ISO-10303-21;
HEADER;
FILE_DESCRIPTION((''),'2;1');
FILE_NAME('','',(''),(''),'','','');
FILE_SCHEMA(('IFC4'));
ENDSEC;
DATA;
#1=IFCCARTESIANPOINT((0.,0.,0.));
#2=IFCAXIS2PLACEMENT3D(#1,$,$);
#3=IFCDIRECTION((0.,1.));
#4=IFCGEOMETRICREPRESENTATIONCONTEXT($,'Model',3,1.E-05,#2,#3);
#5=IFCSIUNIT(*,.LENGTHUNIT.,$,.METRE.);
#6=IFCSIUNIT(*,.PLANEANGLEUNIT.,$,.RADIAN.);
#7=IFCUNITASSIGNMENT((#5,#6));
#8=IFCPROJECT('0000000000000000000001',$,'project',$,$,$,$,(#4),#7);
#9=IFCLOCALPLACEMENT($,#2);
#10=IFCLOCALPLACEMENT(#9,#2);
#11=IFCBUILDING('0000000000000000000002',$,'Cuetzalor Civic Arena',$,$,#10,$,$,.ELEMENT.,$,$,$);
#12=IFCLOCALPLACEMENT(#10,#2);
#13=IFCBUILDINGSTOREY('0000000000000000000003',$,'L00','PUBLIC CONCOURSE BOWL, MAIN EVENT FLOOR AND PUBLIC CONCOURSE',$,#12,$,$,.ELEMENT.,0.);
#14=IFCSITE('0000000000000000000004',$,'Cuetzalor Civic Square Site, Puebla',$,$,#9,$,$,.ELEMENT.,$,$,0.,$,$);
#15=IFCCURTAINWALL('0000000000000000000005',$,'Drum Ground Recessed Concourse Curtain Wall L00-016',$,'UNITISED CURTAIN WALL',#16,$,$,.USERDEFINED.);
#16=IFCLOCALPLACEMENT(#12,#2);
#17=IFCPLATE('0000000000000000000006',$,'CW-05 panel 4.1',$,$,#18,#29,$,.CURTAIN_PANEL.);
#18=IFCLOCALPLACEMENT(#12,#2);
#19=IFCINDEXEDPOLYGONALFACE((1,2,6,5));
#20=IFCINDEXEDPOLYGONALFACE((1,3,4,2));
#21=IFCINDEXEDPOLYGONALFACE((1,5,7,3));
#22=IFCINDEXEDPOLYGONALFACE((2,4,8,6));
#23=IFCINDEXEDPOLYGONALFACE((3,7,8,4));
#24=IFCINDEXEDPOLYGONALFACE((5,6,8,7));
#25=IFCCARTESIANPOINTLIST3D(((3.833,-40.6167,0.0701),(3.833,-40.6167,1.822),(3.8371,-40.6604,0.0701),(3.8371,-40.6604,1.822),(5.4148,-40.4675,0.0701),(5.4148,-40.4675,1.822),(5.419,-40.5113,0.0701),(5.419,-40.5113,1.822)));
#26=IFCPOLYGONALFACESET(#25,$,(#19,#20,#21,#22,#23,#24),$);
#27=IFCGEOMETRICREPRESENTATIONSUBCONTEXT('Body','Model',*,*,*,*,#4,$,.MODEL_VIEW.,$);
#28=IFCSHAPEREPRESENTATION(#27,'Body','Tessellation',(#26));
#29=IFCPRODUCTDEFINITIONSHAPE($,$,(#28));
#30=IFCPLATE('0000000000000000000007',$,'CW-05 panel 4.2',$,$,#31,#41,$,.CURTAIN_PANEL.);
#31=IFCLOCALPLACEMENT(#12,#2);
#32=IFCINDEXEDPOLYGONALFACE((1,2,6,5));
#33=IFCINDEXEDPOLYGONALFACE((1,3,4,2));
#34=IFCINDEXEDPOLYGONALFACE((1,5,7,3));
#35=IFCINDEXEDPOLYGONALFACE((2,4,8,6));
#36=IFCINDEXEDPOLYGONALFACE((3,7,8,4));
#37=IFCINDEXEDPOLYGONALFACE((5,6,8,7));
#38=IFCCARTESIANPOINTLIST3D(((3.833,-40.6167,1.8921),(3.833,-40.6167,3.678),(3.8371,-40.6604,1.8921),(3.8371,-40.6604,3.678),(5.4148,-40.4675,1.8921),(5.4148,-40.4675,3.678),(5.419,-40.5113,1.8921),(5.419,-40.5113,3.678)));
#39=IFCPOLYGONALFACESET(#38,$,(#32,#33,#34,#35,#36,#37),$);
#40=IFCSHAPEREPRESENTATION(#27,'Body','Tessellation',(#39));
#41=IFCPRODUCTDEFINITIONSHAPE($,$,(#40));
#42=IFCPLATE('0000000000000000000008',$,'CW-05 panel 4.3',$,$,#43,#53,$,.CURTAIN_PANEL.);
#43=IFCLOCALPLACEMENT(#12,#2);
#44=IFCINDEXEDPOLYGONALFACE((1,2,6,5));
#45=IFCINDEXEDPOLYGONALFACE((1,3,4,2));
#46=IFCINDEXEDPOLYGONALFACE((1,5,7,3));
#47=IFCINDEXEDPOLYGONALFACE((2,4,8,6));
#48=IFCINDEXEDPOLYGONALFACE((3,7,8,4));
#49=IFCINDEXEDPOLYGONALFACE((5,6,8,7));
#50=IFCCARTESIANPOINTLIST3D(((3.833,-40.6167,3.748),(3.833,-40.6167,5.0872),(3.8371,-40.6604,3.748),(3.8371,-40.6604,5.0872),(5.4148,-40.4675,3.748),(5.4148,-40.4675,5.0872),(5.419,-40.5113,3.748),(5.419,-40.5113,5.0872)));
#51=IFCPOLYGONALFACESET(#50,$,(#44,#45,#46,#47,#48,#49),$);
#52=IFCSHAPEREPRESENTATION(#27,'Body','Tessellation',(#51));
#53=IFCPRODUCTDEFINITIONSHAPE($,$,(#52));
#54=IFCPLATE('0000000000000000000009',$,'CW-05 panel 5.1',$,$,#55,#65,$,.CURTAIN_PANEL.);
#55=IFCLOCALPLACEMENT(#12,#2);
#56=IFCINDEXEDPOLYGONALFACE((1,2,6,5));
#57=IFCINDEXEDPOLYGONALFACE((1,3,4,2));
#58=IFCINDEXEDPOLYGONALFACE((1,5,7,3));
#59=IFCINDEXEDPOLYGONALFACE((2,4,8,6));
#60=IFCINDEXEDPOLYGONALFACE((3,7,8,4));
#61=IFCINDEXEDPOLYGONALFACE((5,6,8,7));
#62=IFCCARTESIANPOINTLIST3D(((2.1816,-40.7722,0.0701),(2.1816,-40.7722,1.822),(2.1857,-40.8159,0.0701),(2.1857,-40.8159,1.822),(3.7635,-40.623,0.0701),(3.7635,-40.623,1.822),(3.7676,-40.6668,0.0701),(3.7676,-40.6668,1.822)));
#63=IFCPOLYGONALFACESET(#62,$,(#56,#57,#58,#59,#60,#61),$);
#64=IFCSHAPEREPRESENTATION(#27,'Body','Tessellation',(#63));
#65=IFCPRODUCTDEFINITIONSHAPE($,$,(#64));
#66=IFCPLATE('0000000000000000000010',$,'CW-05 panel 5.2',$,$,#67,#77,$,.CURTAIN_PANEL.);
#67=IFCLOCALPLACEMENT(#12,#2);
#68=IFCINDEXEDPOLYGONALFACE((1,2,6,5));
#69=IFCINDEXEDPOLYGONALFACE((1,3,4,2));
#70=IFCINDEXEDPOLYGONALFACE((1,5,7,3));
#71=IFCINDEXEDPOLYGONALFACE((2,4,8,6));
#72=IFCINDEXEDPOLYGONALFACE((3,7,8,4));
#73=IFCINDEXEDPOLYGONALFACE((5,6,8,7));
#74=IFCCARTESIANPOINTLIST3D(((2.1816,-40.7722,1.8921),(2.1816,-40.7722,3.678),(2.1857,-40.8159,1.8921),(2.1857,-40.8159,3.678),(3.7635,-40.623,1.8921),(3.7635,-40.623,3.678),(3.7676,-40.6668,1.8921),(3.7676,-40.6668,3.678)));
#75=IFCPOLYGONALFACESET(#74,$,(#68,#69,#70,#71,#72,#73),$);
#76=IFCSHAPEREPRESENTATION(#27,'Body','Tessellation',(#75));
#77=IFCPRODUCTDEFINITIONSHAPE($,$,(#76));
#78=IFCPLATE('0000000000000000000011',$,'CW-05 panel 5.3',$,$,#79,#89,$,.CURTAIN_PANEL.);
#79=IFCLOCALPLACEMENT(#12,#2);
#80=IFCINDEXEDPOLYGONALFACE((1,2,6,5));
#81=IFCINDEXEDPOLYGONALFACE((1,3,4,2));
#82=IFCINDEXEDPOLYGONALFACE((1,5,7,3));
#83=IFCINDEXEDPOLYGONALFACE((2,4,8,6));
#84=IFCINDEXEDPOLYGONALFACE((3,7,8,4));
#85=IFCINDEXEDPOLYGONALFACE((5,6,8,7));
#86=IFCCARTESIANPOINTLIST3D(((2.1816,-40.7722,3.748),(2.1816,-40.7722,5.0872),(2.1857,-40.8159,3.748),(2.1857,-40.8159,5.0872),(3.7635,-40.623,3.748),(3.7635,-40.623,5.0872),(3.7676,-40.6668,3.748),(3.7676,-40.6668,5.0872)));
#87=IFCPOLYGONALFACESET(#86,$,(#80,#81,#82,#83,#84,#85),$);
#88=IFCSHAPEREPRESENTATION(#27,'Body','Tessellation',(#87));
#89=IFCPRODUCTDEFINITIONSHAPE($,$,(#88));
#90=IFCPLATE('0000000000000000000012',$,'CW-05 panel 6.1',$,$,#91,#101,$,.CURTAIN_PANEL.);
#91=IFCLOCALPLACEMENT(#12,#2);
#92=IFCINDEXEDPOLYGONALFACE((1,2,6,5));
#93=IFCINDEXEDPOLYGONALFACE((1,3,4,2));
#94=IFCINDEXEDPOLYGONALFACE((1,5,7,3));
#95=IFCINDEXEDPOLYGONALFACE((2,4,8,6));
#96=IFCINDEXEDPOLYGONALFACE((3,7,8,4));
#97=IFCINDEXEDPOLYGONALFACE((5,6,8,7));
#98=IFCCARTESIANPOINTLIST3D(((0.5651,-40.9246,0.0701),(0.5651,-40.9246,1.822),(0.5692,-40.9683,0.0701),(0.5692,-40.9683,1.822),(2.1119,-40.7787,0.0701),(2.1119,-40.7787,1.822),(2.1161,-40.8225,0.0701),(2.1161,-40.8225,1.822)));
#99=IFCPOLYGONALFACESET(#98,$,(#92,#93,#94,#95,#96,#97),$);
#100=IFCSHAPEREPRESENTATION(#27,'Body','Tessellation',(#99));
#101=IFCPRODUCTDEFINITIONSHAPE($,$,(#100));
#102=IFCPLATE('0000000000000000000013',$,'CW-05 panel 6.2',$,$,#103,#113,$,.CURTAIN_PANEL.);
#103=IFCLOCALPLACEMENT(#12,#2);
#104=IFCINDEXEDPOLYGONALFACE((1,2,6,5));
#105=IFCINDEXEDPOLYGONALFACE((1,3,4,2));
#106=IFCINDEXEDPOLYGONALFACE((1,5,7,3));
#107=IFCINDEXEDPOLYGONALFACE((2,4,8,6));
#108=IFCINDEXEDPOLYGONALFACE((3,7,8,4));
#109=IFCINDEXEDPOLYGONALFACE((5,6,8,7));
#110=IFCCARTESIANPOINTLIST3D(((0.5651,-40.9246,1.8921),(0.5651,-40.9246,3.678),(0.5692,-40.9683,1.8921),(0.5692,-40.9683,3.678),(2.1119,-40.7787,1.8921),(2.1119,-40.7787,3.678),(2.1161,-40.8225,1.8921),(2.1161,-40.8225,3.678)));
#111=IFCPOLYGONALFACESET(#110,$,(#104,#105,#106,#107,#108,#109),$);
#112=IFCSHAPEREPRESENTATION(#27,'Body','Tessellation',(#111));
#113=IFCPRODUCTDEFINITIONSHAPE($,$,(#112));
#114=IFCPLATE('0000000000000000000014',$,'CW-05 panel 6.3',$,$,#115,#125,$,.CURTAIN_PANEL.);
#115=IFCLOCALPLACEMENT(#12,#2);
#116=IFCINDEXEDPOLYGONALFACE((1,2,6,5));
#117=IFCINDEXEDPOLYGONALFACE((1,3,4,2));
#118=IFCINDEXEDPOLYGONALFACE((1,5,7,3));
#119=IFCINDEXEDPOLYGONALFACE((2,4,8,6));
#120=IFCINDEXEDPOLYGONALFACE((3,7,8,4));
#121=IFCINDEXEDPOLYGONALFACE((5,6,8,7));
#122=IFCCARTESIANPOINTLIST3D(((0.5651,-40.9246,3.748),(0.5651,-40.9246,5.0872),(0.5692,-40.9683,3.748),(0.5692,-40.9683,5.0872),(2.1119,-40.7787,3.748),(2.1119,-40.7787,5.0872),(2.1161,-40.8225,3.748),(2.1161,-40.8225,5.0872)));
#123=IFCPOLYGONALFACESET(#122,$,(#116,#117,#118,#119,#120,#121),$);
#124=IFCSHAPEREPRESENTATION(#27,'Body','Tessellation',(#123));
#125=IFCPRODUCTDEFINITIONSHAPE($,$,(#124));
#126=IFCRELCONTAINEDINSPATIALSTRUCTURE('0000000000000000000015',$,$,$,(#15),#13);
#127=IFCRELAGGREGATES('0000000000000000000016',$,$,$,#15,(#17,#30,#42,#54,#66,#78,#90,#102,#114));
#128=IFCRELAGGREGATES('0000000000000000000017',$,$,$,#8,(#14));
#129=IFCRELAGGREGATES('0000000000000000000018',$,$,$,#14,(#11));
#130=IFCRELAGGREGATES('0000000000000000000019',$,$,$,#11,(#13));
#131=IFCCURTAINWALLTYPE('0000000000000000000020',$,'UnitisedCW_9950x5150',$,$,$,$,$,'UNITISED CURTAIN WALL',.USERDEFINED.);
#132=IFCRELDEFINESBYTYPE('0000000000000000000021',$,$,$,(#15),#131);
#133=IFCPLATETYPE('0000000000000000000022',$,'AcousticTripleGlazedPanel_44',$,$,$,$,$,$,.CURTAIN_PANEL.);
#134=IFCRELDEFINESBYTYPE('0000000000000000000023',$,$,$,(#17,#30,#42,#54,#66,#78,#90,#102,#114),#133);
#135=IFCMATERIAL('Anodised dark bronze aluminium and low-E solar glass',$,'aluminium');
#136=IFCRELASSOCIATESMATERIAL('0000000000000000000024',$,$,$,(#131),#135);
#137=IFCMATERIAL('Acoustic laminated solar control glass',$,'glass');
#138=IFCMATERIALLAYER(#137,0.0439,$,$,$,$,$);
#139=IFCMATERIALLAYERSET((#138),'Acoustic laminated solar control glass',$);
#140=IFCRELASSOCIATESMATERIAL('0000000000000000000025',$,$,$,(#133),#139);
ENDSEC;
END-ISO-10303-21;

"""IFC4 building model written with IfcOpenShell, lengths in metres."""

from ifc_helpers import new_model, si_unit, direction, frame, origin, origin_2d, place, context, subcontext, project, spatial, rectangle, extrude, material, layer, layer_set, type_object, element, aggregate, save


model = new_model("IFC4")

# Units and contexts
model_context = context("Model", 3, precision=1e-05, world=origin(), true_north=direction((0.0, 1.0)))
body_context = subcontext(model_context, "Body", "Model", "MODEL_VIEW")
ifc_project = project(units=[si_unit("LENGTHUNIT", "METRE"), si_unit("PLANEANGLEUNIT", "RADIAN")], contexts=[model_context])

# Site, building, storey
site_placement = place(None, origin())
site = spatial("IfcSite", under=ifc_project, at=site_placement, Name="Cuetzalor Civic Square Site, Puebla", CompositionType="ELEMENT", RefElevation=0.0)
building_placement = place(site_placement, origin())
building = spatial("IfcBuilding", under=site, at=building_placement, Name="Cuetzalor Civic Arena", CompositionType="ELEMENT")
storey_placement = place(building_placement, origin())
storey = spatial("IfcBuildingStorey", under=building, at=storey_placement, Name="L00", Description="PUBLIC CONCOURSE BOWL, MAIN EVENT FLOOR AND PUBLIC CONCOURSE", CompositionType="ELEMENT", Elevation=0.0)

# Curtain wall
ifc_material_1 = material(Name="Anodised dark bronze aluminium and low-E solar glass", Category="aluminium")
curtain_wall_type = type_object("IfcCurtainWallType", Name="UnitisedCW_9950x5150", ElementType="UNITISED CURTAIN WALL", PredefinedType="USERDEFINED", material=ifc_material_1)
curtain_wall_placement = place(storey_placement, origin())
curtain_wall = element("IfcCurtainWall", 1, at=curtain_wall_placement, inside=storey, type_object=curtain_wall_type, Name="Drum Ground Recessed Concourse Curtain Wall L00-016", ObjectType="UNITISED CURTAIN WALL", PredefinedType="USERDEFINED")

# Plates
ifc_material_2 = material(Name="Acoustic laminated solar control glass", Category="glass")
ifc_layer = layer(ifc_material_2, 0.0439)
ifc_layer_set = layer_set([ifc_layer], Name="Acoustic laminated solar control glass")
plate_type = type_object("IfcPlateType", Name="AcousticTripleGlazedPanel_44", PredefinedType="CURTAIN_PANEL", material=ifc_layer_set)
plate_1_placement = place(storey_placement, frame((4.626, -40.564, 0.0701), z_axis=(0.0, 0.0, 1.0), x_axis=(-0.995585, -0.093863, 0.0)))
plate_1 = element("IfcPlate", 2, at=plate_1_placement, type_object=plate_type, Name="CW-05 panel 4.1", PredefinedType="CURTAIN_PANEL", context=body_context, shape_type="SweptSolid", body=[
    extrude(rectangle(XDim=1.5889, YDim=0.0439, at=origin_2d()), origin(), (0.0, 0.0, 1.0), 1.752),
])
plate_2_placement = place(storey_placement, frame((4.626, -40.564, 1.8921), z_axis=(0.0, 0.0, 1.0), x_axis=(-0.995585, -0.093863, 0.0)))
plate_2 = element("IfcPlate", 3, at=plate_2_placement, type_object=plate_type, Name="CW-05 panel 4.2", PredefinedType="CURTAIN_PANEL", context=body_context, shape_type="SweptSolid", body=[
    extrude(rectangle(XDim=1.5889, YDim=0.0439, at=origin_2d()), origin(), (0.0, 0.0, 1.0), 1.7859),
])
plate_3_placement = place(storey_placement, frame((4.626, -40.564, 3.748), z_axis=(0.0, 0.0, 1.0), x_axis=(-0.995585, -0.093863, 0.0)))
plate_3 = element("IfcPlate", 4, at=plate_3_placement, type_object=plate_type, Name="CW-05 panel 4.3", PredefinedType="CURTAIN_PANEL", context=body_context, shape_type="SweptSolid", body=[
    extrude(rectangle(XDim=1.5889, YDim=0.0439, at=origin_2d()), origin(), (0.0, 0.0, 1.0), 1.3391),
])
plate_4_placement = place(storey_placement, frame((2.9746, -40.7195, 0.0701), z_axis=(0.0, 0.0, 1.0), x_axis=(-0.995585, -0.093863, 0.0)))
plate_4 = element("IfcPlate", 5, at=plate_4_placement, type_object=plate_type, Name="CW-05 panel 5.1", PredefinedType="CURTAIN_PANEL", context=body_context, shape_type="SweptSolid", body=[
    extrude(rectangle(XDim=1.5889, YDim=0.0439, at=origin_2d()), origin(), (0.0, 0.0, 1.0), 1.752),
])
plate_5_placement = place(storey_placement, frame((2.9746, -40.7195, 1.8921), z_axis=(0.0, 0.0, 1.0), x_axis=(-0.995585, -0.093863, 0.0)))
plate_5 = element("IfcPlate", 6, at=plate_5_placement, type_object=plate_type, Name="CW-05 panel 5.2", PredefinedType="CURTAIN_PANEL", context=body_context, shape_type="SweptSolid", body=[
    extrude(rectangle(XDim=1.5889, YDim=0.0439, at=origin_2d()), origin(), (0.0, 0.0, 1.0), 1.7859),
])
plate_6_placement = place(storey_placement, frame((2.9746, -40.7195, 3.748), z_axis=(0.0, 0.0, 1.0), x_axis=(-0.995585, -0.093863, 0.0)))
plate_6 = element("IfcPlate", 7, at=plate_6_placement, type_object=plate_type, Name="CW-05 panel 5.3", PredefinedType="CURTAIN_PANEL", context=body_context, shape_type="SweptSolid", body=[
    extrude(rectangle(XDim=1.5889, YDim=0.0439, at=origin_2d()), origin(), (0.0, 0.0, 1.0), 1.3391),
])
plate_7_placement = place(storey_placement, frame((1.3406, -40.8735, 0.0701), z_axis=(0.0, 0.0, 1.0), x_axis=(-0.995585, -0.093863, 0.0)))
plate_7 = element("IfcPlate", 8, at=plate_7_placement, type_object=plate_type, Name="CW-05 panel 6.1", PredefinedType="CURTAIN_PANEL", context=body_context, shape_type="SweptSolid", body=[
    extrude(rectangle(XDim=1.5537, YDim=0.0439, at=origin_2d()), origin(), (0.0, 0.0, 1.0), 1.752),
])
plate_8_placement = place(storey_placement, frame((1.3406, -40.8735, 1.8921), z_axis=(0.0, 0.0, 1.0), x_axis=(-0.995585, -0.093863, 0.0)))
plate_8 = element("IfcPlate", 9, at=plate_8_placement, type_object=plate_type, Name="CW-05 panel 6.2", PredefinedType="CURTAIN_PANEL", context=body_context, shape_type="SweptSolid", body=[
    extrude(rectangle(XDim=1.5537, YDim=0.0439, at=origin_2d()), origin(), (0.0, 0.0, 1.0), 1.7859),
])
plate_9_placement = place(storey_placement, frame((1.3406, -40.8735, 3.748), z_axis=(0.0, 0.0, 1.0), x_axis=(-0.995585, -0.093863, 0.0)))
plate_9 = element("IfcPlate", 10, at=plate_9_placement, type_object=plate_type, Name="CW-05 panel 6.3", PredefinedType="CURTAIN_PANEL", context=body_context, shape_type="SweptSolid", body=[
    extrude(rectangle(XDim=1.5537, YDim=0.0439, at=origin_2d()), origin(), (0.0, 0.0, 1.0), 1.3391),
])
aggregate(curtain_wall, [plate_1, plate_2, plate_3, plate_4, plate_5, plate_6, plate_7, plate_8, plate_9])

save(model, "model.ifc")
